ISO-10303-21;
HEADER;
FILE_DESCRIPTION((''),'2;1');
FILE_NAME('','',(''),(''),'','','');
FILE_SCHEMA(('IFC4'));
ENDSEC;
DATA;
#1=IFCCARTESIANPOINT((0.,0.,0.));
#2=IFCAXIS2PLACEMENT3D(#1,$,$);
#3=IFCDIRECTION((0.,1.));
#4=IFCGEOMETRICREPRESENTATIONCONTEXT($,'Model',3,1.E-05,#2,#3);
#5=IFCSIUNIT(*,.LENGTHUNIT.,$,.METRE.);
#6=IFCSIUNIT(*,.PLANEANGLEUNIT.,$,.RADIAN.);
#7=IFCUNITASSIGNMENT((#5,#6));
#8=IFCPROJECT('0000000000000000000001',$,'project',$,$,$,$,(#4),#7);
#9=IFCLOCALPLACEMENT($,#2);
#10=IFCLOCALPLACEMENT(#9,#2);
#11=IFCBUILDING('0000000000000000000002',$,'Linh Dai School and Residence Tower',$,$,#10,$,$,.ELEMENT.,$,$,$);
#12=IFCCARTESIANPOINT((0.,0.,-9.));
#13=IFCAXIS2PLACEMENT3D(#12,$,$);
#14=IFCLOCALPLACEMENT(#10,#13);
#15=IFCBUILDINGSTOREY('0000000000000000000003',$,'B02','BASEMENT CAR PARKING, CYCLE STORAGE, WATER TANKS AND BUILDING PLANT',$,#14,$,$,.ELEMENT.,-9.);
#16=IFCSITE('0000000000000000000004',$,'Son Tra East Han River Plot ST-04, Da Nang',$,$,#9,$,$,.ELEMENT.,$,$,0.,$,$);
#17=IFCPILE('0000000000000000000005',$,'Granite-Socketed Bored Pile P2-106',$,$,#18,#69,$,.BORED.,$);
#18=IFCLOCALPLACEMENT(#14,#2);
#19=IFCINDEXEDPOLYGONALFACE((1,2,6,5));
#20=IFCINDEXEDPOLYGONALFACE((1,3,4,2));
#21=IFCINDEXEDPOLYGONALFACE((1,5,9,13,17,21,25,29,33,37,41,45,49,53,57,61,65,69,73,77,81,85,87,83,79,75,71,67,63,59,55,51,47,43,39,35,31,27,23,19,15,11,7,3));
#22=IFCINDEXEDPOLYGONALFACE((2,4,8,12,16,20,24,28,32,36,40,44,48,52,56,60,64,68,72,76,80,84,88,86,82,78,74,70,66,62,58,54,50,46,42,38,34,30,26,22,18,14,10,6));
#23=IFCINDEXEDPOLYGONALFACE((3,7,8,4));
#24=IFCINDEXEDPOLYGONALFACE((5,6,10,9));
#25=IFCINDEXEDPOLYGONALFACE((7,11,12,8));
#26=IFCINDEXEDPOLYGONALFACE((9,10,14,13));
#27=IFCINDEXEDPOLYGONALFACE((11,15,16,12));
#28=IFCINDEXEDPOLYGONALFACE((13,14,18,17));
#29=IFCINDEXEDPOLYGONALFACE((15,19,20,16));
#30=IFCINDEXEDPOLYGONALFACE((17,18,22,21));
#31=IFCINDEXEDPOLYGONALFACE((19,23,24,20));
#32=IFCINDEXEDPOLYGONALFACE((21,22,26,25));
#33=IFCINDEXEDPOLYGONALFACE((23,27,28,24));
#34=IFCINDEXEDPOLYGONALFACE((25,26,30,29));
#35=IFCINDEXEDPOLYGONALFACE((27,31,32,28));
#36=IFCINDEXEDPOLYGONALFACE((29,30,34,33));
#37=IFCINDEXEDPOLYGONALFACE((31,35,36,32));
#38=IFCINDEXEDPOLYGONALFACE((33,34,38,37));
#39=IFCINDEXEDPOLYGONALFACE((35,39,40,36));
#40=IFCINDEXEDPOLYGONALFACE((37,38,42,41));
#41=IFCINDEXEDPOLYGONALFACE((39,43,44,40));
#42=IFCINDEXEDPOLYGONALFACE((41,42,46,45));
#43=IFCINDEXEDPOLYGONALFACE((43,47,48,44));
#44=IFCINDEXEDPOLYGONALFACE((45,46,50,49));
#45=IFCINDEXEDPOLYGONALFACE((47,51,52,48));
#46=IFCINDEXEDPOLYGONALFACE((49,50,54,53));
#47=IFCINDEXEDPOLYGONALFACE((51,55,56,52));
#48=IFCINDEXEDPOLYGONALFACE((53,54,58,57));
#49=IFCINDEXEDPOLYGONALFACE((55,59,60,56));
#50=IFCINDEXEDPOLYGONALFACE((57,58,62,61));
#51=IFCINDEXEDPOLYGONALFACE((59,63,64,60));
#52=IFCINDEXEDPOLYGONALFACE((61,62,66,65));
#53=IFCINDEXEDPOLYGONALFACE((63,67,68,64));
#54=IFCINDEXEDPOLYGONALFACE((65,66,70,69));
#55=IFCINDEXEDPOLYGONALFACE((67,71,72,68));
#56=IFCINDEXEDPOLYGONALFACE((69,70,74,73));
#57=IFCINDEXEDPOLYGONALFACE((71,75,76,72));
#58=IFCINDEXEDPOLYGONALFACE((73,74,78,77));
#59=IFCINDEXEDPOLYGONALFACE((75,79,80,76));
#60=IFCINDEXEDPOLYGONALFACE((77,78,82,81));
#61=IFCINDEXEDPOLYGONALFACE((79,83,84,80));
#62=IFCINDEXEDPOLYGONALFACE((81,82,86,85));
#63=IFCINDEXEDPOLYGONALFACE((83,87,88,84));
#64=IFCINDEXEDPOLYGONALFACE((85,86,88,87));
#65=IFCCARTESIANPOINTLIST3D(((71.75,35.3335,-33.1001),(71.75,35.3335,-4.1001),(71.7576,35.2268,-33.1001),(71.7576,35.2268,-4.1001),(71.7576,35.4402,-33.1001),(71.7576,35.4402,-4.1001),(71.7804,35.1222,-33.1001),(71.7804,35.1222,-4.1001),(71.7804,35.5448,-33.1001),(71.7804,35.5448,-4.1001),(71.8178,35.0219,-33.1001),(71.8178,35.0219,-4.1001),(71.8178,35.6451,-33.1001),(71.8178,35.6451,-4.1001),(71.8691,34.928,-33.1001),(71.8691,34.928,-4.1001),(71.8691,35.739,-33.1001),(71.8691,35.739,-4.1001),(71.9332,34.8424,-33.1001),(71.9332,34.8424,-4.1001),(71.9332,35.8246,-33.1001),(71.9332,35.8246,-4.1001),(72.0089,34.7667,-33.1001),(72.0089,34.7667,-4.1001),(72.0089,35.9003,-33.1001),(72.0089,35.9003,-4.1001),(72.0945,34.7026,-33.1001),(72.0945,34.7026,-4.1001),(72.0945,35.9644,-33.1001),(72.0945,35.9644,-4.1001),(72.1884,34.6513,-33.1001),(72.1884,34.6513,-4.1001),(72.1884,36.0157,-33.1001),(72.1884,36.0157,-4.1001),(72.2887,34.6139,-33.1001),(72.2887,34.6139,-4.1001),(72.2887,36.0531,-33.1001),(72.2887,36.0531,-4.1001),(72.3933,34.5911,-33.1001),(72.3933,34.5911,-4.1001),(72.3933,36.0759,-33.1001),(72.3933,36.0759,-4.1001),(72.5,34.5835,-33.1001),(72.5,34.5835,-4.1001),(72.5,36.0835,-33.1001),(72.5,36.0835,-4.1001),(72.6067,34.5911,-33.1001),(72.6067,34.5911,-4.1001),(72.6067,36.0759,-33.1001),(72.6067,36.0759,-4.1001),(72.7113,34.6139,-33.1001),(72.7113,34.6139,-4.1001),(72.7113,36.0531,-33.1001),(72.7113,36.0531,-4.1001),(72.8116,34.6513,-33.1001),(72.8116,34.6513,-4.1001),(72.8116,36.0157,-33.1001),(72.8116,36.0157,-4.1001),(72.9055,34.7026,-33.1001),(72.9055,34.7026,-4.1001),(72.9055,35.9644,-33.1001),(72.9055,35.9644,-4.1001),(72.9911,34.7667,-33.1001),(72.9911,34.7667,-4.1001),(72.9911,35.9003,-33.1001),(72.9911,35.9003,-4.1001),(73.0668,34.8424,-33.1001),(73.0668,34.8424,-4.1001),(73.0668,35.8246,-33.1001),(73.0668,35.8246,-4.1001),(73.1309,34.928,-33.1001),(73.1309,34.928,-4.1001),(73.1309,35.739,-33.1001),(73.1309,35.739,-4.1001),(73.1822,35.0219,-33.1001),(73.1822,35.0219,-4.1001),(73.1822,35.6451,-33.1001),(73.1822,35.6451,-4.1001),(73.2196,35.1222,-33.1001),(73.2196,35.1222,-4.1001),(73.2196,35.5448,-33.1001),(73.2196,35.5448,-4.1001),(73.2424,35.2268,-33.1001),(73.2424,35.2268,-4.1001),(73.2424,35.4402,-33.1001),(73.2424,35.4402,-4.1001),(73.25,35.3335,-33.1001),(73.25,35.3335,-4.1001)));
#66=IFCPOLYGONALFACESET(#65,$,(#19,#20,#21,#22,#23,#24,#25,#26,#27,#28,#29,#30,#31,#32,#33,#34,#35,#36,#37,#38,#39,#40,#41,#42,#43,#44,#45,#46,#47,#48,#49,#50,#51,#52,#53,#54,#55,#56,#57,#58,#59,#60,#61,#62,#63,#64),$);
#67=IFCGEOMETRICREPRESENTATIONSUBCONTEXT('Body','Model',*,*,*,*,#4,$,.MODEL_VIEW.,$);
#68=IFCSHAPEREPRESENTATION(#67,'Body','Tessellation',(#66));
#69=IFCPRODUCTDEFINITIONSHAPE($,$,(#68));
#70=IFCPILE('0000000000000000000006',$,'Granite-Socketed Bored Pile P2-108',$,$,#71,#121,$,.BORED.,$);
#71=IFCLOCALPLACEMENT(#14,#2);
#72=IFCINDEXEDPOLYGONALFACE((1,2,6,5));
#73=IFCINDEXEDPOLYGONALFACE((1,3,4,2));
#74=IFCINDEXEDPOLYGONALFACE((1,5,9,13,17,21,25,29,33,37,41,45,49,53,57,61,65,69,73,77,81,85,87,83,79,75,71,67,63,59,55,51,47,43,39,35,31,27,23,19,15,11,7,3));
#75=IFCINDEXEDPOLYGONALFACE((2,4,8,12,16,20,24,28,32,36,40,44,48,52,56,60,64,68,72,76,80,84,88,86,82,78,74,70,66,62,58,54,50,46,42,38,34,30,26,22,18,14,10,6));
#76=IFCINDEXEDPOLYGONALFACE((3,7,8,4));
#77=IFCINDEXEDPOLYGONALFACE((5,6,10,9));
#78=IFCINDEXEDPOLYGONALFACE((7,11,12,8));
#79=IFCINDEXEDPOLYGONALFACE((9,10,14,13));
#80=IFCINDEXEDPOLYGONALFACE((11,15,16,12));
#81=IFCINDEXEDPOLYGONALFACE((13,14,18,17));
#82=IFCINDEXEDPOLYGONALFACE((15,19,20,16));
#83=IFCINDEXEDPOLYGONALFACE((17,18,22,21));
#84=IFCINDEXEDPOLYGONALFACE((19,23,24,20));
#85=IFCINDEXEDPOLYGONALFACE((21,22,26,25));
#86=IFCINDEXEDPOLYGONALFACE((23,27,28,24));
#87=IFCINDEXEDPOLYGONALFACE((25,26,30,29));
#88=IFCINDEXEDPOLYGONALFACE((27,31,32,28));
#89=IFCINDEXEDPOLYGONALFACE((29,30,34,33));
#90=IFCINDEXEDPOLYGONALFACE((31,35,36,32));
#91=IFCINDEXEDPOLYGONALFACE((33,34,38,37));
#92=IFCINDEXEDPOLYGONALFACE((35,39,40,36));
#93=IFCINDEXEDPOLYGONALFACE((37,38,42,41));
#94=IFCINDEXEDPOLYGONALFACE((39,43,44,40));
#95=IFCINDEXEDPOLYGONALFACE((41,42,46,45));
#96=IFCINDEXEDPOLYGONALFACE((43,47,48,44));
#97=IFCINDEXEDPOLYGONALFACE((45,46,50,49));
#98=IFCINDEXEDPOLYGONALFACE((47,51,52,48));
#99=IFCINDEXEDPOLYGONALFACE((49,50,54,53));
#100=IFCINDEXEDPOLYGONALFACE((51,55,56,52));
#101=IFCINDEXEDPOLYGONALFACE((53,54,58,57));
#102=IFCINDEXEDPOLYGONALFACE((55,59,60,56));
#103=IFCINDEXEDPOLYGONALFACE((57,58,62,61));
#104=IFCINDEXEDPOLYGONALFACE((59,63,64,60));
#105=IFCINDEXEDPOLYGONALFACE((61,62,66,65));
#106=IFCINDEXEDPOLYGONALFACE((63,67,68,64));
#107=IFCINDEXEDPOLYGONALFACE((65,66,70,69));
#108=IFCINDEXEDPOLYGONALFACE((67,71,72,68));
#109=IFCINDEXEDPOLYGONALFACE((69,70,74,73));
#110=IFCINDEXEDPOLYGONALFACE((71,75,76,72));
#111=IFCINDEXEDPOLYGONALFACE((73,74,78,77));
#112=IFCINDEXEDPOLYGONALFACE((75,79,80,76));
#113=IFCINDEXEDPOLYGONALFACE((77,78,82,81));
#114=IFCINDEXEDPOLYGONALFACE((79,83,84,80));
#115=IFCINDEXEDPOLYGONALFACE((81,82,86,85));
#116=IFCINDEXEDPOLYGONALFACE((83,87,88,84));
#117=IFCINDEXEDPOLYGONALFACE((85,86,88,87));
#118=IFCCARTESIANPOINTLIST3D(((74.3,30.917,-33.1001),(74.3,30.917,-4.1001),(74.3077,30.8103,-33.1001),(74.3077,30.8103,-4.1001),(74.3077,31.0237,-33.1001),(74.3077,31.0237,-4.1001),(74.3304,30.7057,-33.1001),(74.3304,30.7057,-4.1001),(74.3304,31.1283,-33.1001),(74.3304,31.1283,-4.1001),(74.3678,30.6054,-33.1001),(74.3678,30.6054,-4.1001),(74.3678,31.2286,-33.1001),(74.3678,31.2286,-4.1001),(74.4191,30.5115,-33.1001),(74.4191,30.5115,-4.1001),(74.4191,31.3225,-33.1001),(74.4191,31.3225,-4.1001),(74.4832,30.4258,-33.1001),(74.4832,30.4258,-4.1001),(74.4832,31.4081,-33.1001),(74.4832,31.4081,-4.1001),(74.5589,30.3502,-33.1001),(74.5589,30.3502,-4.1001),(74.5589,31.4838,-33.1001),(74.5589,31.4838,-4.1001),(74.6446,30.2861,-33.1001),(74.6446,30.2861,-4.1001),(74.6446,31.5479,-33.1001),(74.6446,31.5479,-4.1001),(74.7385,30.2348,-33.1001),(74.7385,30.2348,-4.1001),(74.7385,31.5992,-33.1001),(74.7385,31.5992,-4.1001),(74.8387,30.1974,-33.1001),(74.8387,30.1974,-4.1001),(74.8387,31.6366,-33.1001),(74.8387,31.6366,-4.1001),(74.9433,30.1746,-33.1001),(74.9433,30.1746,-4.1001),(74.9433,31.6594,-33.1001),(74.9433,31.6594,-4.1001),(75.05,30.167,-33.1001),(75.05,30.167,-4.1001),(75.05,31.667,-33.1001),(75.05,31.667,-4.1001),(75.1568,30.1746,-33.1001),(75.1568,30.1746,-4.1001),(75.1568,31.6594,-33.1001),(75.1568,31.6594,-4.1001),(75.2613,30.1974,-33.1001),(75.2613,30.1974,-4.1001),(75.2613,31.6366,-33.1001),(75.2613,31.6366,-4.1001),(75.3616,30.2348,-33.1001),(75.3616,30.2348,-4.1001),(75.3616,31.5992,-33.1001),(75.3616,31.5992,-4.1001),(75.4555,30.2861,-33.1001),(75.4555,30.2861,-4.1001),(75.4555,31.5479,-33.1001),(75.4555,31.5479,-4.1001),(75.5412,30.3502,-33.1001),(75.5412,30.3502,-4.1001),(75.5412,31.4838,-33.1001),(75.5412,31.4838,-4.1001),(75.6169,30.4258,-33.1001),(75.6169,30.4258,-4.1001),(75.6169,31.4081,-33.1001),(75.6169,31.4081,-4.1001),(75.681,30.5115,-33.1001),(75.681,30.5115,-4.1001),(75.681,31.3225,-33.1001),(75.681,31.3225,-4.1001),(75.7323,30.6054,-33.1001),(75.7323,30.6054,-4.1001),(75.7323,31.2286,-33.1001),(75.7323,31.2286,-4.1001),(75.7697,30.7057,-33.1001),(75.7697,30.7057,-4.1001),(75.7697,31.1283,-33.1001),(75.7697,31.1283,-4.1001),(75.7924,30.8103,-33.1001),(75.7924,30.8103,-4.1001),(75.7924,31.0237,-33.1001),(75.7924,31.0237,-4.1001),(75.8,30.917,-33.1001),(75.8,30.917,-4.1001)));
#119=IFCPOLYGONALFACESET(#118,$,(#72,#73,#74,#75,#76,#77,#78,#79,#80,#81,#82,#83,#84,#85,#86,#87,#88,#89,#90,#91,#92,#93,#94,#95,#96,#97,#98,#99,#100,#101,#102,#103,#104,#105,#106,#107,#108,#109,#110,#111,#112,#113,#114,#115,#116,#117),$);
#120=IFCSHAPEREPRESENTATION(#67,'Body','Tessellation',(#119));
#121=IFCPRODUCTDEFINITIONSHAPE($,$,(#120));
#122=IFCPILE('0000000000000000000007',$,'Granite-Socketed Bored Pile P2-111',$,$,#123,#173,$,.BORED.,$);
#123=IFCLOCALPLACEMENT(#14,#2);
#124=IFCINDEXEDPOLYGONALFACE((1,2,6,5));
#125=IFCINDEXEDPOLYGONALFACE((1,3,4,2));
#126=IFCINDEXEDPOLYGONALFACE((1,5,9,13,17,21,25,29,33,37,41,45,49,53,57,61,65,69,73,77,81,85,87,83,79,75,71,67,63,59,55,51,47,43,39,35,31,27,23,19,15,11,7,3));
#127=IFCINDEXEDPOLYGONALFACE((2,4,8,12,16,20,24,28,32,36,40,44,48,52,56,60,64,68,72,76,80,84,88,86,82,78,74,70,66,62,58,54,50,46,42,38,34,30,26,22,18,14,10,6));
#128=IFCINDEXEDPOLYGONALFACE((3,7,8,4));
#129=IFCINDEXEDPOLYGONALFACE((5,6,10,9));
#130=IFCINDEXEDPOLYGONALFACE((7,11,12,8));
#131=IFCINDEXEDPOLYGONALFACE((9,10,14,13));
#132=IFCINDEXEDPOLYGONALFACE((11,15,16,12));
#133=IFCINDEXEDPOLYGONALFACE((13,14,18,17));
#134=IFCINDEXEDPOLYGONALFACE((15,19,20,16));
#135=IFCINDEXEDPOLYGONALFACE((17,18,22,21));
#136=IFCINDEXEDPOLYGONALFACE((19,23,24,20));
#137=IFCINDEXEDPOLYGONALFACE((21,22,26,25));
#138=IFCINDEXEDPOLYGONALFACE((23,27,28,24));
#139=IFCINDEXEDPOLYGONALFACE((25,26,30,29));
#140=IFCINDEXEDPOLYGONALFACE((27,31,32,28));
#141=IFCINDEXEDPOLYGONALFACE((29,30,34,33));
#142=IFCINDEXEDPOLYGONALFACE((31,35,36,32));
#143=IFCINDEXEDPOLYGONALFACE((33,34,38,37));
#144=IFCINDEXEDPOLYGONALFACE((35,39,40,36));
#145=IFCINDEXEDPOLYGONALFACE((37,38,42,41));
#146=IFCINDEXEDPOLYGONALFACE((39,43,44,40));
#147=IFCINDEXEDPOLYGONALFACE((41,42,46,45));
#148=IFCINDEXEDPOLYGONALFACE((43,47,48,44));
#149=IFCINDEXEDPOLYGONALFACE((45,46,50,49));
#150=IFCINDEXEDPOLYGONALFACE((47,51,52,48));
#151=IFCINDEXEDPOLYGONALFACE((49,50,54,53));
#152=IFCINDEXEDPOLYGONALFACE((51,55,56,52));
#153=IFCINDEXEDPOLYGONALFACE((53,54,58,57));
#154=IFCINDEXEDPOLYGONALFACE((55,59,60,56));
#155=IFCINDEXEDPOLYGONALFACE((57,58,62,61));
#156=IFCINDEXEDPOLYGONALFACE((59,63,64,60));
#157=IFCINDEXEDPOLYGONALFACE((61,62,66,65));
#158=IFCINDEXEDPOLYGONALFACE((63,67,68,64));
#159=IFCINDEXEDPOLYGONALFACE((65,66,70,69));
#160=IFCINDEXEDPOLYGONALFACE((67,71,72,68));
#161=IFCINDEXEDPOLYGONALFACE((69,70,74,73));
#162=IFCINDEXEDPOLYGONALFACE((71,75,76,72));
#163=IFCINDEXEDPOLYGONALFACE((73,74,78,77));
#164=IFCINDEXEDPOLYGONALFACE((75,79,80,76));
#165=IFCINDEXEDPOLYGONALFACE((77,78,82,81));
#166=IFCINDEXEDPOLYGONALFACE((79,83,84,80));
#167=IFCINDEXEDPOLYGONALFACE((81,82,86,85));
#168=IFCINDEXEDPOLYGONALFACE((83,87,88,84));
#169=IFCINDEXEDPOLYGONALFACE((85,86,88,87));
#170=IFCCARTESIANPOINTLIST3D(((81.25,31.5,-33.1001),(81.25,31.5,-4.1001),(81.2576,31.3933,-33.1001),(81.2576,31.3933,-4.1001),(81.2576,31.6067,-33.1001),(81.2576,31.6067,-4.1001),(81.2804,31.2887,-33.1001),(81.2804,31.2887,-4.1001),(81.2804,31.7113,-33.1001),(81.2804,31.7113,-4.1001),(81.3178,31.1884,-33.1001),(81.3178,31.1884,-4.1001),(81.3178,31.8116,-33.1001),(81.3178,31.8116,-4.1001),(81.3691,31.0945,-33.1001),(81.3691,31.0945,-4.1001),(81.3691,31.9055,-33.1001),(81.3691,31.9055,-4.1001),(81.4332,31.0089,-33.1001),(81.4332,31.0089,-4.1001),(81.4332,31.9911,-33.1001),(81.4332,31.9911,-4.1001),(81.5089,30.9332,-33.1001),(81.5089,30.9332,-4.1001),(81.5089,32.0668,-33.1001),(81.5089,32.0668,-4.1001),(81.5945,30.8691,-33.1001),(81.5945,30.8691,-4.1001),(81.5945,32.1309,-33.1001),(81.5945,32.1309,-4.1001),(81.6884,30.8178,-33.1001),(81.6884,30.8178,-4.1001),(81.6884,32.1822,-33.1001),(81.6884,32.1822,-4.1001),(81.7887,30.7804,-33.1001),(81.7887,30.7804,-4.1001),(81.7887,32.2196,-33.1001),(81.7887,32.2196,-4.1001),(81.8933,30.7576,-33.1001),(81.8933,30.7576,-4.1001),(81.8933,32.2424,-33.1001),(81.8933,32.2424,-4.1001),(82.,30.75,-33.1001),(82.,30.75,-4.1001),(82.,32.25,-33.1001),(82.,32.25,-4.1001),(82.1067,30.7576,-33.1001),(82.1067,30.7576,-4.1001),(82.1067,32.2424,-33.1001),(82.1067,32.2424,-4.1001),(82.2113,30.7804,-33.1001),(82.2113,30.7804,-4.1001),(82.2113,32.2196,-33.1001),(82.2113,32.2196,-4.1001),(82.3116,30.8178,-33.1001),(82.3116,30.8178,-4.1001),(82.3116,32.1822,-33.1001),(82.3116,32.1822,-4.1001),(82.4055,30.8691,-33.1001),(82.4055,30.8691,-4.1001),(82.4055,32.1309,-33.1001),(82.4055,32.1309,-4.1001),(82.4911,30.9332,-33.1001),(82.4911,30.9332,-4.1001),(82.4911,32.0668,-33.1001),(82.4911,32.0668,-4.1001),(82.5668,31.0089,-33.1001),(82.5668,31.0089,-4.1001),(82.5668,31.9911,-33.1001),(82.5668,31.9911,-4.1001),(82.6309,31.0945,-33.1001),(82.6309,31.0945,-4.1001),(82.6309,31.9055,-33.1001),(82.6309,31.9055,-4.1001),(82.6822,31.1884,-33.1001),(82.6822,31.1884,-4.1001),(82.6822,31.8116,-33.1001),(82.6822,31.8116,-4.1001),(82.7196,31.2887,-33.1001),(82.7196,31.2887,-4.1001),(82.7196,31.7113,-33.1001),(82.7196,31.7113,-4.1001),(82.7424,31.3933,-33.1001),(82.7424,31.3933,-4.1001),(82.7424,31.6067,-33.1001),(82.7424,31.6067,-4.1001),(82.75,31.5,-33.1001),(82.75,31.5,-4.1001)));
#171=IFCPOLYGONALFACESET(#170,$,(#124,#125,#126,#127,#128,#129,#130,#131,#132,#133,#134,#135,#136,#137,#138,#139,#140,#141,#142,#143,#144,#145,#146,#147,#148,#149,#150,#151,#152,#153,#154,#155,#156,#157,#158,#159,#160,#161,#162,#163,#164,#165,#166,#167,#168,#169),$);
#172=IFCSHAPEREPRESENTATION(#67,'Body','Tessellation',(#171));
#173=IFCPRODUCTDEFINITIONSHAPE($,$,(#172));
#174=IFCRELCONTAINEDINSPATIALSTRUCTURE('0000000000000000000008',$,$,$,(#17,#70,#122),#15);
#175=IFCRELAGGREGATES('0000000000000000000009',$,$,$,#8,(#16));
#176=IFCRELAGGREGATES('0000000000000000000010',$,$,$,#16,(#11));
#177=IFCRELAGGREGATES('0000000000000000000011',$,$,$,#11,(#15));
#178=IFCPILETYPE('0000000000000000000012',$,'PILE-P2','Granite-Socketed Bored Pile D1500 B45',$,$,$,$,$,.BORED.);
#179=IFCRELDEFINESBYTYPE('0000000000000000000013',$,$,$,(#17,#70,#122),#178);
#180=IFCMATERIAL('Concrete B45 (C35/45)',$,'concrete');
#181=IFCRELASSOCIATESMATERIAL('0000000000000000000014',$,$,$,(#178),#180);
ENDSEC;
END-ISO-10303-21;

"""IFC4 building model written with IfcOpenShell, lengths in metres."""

from ifc_helpers import new_model, si_unit, direction, frame, origin, origin_2d, place, context, subcontext, project, spatial, circle, extrude, material, material_profile, profile_set, type_object, element, save


model = new_model("IFC4")

# Units and contexts
model_context = context("Model", 3, precision=1e-05, world=origin(), true_north=direction((0.0, 1.0)))
body_context = subcontext(model_context, "Body", "Model", "MODEL_VIEW")
ifc_project = project(units=[si_unit("LENGTHUNIT", "METRE"), si_unit("PLANEANGLEUNIT", "RADIAN")], contexts=[model_context])

# Site, building, storey
site_placement = place(None, origin())
site = spatial("IfcSite", under=ifc_project, at=site_placement, Name="Son Tra East Han River Plot ST-04, Da Nang", CompositionType="ELEMENT", RefElevation=0.0)
building_placement = place(site_placement, origin())
building = spatial("IfcBuilding", under=site, at=building_placement, Name="Linh Dai School and Residence Tower", CompositionType="ELEMENT")
storey_placement = place(building_placement, frame((0.0, 0.0, -9.0)))
storey = spatial("IfcBuildingStorey", under=building, at=storey_placement, Name="B02", Description="BASEMENT CAR PARKING, CYCLE STORAGE, WATER TANKS AND BUILDING PLANT", CompositionType="ELEMENT", Elevation=-9.0)

# Piles
ifc_material_1 = material(Name="Concrete B45 (C35/45)", Category="concrete")
ifc_material_profile_1 = material_profile(ifc_material_1, circle(Radius=0.75, at=origin_2d()), Name="PILE D1500")
ifc_profile_set_1 = profile_set([ifc_material_profile_1], Name="Concrete B45 (C35/45)")
pile_type = type_object("IfcPileType", Name="PILE-P2", Description="Granite-Socketed Bored Pile D1500 B45", PredefinedType="BORED", material=ifc_profile_set_1)
for number, where, z_axis, x_axis, name in (
    (1, (72.5, 35.3335, -4.1001), (0.0, 0.0, -1.0), (1.0, 0.0, 0.0), "Granite-Socketed Bored Pile P2-106"),
    (2, (75.05, 30.917, -4.1001), (0.0, 0.0, -1.0), (1.0, 0.0, 0.0), "Granite-Socketed Bored Pile P2-108"),
    (3, (82.0, 31.5, -4.1001), (0.0, 0.0, -1.0), (1.0, 0.0, 0.0), "Granite-Socketed Bored Pile P2-111"),
):
    element("IfcPile", number, at=place(storey_placement, frame(where, z_axis=z_axis, x_axis=x_axis)), inside=storey, type_object=pile_type, Name=name, PredefinedType="BORED", context=body_context, shape_type="SweptSolid", body=[
        extrude(circle(Radius=0.75, at=origin_2d()), origin(), (0.0, 0.0, 1.0), 29.0),
    ])

save(model, "model.ifc")
